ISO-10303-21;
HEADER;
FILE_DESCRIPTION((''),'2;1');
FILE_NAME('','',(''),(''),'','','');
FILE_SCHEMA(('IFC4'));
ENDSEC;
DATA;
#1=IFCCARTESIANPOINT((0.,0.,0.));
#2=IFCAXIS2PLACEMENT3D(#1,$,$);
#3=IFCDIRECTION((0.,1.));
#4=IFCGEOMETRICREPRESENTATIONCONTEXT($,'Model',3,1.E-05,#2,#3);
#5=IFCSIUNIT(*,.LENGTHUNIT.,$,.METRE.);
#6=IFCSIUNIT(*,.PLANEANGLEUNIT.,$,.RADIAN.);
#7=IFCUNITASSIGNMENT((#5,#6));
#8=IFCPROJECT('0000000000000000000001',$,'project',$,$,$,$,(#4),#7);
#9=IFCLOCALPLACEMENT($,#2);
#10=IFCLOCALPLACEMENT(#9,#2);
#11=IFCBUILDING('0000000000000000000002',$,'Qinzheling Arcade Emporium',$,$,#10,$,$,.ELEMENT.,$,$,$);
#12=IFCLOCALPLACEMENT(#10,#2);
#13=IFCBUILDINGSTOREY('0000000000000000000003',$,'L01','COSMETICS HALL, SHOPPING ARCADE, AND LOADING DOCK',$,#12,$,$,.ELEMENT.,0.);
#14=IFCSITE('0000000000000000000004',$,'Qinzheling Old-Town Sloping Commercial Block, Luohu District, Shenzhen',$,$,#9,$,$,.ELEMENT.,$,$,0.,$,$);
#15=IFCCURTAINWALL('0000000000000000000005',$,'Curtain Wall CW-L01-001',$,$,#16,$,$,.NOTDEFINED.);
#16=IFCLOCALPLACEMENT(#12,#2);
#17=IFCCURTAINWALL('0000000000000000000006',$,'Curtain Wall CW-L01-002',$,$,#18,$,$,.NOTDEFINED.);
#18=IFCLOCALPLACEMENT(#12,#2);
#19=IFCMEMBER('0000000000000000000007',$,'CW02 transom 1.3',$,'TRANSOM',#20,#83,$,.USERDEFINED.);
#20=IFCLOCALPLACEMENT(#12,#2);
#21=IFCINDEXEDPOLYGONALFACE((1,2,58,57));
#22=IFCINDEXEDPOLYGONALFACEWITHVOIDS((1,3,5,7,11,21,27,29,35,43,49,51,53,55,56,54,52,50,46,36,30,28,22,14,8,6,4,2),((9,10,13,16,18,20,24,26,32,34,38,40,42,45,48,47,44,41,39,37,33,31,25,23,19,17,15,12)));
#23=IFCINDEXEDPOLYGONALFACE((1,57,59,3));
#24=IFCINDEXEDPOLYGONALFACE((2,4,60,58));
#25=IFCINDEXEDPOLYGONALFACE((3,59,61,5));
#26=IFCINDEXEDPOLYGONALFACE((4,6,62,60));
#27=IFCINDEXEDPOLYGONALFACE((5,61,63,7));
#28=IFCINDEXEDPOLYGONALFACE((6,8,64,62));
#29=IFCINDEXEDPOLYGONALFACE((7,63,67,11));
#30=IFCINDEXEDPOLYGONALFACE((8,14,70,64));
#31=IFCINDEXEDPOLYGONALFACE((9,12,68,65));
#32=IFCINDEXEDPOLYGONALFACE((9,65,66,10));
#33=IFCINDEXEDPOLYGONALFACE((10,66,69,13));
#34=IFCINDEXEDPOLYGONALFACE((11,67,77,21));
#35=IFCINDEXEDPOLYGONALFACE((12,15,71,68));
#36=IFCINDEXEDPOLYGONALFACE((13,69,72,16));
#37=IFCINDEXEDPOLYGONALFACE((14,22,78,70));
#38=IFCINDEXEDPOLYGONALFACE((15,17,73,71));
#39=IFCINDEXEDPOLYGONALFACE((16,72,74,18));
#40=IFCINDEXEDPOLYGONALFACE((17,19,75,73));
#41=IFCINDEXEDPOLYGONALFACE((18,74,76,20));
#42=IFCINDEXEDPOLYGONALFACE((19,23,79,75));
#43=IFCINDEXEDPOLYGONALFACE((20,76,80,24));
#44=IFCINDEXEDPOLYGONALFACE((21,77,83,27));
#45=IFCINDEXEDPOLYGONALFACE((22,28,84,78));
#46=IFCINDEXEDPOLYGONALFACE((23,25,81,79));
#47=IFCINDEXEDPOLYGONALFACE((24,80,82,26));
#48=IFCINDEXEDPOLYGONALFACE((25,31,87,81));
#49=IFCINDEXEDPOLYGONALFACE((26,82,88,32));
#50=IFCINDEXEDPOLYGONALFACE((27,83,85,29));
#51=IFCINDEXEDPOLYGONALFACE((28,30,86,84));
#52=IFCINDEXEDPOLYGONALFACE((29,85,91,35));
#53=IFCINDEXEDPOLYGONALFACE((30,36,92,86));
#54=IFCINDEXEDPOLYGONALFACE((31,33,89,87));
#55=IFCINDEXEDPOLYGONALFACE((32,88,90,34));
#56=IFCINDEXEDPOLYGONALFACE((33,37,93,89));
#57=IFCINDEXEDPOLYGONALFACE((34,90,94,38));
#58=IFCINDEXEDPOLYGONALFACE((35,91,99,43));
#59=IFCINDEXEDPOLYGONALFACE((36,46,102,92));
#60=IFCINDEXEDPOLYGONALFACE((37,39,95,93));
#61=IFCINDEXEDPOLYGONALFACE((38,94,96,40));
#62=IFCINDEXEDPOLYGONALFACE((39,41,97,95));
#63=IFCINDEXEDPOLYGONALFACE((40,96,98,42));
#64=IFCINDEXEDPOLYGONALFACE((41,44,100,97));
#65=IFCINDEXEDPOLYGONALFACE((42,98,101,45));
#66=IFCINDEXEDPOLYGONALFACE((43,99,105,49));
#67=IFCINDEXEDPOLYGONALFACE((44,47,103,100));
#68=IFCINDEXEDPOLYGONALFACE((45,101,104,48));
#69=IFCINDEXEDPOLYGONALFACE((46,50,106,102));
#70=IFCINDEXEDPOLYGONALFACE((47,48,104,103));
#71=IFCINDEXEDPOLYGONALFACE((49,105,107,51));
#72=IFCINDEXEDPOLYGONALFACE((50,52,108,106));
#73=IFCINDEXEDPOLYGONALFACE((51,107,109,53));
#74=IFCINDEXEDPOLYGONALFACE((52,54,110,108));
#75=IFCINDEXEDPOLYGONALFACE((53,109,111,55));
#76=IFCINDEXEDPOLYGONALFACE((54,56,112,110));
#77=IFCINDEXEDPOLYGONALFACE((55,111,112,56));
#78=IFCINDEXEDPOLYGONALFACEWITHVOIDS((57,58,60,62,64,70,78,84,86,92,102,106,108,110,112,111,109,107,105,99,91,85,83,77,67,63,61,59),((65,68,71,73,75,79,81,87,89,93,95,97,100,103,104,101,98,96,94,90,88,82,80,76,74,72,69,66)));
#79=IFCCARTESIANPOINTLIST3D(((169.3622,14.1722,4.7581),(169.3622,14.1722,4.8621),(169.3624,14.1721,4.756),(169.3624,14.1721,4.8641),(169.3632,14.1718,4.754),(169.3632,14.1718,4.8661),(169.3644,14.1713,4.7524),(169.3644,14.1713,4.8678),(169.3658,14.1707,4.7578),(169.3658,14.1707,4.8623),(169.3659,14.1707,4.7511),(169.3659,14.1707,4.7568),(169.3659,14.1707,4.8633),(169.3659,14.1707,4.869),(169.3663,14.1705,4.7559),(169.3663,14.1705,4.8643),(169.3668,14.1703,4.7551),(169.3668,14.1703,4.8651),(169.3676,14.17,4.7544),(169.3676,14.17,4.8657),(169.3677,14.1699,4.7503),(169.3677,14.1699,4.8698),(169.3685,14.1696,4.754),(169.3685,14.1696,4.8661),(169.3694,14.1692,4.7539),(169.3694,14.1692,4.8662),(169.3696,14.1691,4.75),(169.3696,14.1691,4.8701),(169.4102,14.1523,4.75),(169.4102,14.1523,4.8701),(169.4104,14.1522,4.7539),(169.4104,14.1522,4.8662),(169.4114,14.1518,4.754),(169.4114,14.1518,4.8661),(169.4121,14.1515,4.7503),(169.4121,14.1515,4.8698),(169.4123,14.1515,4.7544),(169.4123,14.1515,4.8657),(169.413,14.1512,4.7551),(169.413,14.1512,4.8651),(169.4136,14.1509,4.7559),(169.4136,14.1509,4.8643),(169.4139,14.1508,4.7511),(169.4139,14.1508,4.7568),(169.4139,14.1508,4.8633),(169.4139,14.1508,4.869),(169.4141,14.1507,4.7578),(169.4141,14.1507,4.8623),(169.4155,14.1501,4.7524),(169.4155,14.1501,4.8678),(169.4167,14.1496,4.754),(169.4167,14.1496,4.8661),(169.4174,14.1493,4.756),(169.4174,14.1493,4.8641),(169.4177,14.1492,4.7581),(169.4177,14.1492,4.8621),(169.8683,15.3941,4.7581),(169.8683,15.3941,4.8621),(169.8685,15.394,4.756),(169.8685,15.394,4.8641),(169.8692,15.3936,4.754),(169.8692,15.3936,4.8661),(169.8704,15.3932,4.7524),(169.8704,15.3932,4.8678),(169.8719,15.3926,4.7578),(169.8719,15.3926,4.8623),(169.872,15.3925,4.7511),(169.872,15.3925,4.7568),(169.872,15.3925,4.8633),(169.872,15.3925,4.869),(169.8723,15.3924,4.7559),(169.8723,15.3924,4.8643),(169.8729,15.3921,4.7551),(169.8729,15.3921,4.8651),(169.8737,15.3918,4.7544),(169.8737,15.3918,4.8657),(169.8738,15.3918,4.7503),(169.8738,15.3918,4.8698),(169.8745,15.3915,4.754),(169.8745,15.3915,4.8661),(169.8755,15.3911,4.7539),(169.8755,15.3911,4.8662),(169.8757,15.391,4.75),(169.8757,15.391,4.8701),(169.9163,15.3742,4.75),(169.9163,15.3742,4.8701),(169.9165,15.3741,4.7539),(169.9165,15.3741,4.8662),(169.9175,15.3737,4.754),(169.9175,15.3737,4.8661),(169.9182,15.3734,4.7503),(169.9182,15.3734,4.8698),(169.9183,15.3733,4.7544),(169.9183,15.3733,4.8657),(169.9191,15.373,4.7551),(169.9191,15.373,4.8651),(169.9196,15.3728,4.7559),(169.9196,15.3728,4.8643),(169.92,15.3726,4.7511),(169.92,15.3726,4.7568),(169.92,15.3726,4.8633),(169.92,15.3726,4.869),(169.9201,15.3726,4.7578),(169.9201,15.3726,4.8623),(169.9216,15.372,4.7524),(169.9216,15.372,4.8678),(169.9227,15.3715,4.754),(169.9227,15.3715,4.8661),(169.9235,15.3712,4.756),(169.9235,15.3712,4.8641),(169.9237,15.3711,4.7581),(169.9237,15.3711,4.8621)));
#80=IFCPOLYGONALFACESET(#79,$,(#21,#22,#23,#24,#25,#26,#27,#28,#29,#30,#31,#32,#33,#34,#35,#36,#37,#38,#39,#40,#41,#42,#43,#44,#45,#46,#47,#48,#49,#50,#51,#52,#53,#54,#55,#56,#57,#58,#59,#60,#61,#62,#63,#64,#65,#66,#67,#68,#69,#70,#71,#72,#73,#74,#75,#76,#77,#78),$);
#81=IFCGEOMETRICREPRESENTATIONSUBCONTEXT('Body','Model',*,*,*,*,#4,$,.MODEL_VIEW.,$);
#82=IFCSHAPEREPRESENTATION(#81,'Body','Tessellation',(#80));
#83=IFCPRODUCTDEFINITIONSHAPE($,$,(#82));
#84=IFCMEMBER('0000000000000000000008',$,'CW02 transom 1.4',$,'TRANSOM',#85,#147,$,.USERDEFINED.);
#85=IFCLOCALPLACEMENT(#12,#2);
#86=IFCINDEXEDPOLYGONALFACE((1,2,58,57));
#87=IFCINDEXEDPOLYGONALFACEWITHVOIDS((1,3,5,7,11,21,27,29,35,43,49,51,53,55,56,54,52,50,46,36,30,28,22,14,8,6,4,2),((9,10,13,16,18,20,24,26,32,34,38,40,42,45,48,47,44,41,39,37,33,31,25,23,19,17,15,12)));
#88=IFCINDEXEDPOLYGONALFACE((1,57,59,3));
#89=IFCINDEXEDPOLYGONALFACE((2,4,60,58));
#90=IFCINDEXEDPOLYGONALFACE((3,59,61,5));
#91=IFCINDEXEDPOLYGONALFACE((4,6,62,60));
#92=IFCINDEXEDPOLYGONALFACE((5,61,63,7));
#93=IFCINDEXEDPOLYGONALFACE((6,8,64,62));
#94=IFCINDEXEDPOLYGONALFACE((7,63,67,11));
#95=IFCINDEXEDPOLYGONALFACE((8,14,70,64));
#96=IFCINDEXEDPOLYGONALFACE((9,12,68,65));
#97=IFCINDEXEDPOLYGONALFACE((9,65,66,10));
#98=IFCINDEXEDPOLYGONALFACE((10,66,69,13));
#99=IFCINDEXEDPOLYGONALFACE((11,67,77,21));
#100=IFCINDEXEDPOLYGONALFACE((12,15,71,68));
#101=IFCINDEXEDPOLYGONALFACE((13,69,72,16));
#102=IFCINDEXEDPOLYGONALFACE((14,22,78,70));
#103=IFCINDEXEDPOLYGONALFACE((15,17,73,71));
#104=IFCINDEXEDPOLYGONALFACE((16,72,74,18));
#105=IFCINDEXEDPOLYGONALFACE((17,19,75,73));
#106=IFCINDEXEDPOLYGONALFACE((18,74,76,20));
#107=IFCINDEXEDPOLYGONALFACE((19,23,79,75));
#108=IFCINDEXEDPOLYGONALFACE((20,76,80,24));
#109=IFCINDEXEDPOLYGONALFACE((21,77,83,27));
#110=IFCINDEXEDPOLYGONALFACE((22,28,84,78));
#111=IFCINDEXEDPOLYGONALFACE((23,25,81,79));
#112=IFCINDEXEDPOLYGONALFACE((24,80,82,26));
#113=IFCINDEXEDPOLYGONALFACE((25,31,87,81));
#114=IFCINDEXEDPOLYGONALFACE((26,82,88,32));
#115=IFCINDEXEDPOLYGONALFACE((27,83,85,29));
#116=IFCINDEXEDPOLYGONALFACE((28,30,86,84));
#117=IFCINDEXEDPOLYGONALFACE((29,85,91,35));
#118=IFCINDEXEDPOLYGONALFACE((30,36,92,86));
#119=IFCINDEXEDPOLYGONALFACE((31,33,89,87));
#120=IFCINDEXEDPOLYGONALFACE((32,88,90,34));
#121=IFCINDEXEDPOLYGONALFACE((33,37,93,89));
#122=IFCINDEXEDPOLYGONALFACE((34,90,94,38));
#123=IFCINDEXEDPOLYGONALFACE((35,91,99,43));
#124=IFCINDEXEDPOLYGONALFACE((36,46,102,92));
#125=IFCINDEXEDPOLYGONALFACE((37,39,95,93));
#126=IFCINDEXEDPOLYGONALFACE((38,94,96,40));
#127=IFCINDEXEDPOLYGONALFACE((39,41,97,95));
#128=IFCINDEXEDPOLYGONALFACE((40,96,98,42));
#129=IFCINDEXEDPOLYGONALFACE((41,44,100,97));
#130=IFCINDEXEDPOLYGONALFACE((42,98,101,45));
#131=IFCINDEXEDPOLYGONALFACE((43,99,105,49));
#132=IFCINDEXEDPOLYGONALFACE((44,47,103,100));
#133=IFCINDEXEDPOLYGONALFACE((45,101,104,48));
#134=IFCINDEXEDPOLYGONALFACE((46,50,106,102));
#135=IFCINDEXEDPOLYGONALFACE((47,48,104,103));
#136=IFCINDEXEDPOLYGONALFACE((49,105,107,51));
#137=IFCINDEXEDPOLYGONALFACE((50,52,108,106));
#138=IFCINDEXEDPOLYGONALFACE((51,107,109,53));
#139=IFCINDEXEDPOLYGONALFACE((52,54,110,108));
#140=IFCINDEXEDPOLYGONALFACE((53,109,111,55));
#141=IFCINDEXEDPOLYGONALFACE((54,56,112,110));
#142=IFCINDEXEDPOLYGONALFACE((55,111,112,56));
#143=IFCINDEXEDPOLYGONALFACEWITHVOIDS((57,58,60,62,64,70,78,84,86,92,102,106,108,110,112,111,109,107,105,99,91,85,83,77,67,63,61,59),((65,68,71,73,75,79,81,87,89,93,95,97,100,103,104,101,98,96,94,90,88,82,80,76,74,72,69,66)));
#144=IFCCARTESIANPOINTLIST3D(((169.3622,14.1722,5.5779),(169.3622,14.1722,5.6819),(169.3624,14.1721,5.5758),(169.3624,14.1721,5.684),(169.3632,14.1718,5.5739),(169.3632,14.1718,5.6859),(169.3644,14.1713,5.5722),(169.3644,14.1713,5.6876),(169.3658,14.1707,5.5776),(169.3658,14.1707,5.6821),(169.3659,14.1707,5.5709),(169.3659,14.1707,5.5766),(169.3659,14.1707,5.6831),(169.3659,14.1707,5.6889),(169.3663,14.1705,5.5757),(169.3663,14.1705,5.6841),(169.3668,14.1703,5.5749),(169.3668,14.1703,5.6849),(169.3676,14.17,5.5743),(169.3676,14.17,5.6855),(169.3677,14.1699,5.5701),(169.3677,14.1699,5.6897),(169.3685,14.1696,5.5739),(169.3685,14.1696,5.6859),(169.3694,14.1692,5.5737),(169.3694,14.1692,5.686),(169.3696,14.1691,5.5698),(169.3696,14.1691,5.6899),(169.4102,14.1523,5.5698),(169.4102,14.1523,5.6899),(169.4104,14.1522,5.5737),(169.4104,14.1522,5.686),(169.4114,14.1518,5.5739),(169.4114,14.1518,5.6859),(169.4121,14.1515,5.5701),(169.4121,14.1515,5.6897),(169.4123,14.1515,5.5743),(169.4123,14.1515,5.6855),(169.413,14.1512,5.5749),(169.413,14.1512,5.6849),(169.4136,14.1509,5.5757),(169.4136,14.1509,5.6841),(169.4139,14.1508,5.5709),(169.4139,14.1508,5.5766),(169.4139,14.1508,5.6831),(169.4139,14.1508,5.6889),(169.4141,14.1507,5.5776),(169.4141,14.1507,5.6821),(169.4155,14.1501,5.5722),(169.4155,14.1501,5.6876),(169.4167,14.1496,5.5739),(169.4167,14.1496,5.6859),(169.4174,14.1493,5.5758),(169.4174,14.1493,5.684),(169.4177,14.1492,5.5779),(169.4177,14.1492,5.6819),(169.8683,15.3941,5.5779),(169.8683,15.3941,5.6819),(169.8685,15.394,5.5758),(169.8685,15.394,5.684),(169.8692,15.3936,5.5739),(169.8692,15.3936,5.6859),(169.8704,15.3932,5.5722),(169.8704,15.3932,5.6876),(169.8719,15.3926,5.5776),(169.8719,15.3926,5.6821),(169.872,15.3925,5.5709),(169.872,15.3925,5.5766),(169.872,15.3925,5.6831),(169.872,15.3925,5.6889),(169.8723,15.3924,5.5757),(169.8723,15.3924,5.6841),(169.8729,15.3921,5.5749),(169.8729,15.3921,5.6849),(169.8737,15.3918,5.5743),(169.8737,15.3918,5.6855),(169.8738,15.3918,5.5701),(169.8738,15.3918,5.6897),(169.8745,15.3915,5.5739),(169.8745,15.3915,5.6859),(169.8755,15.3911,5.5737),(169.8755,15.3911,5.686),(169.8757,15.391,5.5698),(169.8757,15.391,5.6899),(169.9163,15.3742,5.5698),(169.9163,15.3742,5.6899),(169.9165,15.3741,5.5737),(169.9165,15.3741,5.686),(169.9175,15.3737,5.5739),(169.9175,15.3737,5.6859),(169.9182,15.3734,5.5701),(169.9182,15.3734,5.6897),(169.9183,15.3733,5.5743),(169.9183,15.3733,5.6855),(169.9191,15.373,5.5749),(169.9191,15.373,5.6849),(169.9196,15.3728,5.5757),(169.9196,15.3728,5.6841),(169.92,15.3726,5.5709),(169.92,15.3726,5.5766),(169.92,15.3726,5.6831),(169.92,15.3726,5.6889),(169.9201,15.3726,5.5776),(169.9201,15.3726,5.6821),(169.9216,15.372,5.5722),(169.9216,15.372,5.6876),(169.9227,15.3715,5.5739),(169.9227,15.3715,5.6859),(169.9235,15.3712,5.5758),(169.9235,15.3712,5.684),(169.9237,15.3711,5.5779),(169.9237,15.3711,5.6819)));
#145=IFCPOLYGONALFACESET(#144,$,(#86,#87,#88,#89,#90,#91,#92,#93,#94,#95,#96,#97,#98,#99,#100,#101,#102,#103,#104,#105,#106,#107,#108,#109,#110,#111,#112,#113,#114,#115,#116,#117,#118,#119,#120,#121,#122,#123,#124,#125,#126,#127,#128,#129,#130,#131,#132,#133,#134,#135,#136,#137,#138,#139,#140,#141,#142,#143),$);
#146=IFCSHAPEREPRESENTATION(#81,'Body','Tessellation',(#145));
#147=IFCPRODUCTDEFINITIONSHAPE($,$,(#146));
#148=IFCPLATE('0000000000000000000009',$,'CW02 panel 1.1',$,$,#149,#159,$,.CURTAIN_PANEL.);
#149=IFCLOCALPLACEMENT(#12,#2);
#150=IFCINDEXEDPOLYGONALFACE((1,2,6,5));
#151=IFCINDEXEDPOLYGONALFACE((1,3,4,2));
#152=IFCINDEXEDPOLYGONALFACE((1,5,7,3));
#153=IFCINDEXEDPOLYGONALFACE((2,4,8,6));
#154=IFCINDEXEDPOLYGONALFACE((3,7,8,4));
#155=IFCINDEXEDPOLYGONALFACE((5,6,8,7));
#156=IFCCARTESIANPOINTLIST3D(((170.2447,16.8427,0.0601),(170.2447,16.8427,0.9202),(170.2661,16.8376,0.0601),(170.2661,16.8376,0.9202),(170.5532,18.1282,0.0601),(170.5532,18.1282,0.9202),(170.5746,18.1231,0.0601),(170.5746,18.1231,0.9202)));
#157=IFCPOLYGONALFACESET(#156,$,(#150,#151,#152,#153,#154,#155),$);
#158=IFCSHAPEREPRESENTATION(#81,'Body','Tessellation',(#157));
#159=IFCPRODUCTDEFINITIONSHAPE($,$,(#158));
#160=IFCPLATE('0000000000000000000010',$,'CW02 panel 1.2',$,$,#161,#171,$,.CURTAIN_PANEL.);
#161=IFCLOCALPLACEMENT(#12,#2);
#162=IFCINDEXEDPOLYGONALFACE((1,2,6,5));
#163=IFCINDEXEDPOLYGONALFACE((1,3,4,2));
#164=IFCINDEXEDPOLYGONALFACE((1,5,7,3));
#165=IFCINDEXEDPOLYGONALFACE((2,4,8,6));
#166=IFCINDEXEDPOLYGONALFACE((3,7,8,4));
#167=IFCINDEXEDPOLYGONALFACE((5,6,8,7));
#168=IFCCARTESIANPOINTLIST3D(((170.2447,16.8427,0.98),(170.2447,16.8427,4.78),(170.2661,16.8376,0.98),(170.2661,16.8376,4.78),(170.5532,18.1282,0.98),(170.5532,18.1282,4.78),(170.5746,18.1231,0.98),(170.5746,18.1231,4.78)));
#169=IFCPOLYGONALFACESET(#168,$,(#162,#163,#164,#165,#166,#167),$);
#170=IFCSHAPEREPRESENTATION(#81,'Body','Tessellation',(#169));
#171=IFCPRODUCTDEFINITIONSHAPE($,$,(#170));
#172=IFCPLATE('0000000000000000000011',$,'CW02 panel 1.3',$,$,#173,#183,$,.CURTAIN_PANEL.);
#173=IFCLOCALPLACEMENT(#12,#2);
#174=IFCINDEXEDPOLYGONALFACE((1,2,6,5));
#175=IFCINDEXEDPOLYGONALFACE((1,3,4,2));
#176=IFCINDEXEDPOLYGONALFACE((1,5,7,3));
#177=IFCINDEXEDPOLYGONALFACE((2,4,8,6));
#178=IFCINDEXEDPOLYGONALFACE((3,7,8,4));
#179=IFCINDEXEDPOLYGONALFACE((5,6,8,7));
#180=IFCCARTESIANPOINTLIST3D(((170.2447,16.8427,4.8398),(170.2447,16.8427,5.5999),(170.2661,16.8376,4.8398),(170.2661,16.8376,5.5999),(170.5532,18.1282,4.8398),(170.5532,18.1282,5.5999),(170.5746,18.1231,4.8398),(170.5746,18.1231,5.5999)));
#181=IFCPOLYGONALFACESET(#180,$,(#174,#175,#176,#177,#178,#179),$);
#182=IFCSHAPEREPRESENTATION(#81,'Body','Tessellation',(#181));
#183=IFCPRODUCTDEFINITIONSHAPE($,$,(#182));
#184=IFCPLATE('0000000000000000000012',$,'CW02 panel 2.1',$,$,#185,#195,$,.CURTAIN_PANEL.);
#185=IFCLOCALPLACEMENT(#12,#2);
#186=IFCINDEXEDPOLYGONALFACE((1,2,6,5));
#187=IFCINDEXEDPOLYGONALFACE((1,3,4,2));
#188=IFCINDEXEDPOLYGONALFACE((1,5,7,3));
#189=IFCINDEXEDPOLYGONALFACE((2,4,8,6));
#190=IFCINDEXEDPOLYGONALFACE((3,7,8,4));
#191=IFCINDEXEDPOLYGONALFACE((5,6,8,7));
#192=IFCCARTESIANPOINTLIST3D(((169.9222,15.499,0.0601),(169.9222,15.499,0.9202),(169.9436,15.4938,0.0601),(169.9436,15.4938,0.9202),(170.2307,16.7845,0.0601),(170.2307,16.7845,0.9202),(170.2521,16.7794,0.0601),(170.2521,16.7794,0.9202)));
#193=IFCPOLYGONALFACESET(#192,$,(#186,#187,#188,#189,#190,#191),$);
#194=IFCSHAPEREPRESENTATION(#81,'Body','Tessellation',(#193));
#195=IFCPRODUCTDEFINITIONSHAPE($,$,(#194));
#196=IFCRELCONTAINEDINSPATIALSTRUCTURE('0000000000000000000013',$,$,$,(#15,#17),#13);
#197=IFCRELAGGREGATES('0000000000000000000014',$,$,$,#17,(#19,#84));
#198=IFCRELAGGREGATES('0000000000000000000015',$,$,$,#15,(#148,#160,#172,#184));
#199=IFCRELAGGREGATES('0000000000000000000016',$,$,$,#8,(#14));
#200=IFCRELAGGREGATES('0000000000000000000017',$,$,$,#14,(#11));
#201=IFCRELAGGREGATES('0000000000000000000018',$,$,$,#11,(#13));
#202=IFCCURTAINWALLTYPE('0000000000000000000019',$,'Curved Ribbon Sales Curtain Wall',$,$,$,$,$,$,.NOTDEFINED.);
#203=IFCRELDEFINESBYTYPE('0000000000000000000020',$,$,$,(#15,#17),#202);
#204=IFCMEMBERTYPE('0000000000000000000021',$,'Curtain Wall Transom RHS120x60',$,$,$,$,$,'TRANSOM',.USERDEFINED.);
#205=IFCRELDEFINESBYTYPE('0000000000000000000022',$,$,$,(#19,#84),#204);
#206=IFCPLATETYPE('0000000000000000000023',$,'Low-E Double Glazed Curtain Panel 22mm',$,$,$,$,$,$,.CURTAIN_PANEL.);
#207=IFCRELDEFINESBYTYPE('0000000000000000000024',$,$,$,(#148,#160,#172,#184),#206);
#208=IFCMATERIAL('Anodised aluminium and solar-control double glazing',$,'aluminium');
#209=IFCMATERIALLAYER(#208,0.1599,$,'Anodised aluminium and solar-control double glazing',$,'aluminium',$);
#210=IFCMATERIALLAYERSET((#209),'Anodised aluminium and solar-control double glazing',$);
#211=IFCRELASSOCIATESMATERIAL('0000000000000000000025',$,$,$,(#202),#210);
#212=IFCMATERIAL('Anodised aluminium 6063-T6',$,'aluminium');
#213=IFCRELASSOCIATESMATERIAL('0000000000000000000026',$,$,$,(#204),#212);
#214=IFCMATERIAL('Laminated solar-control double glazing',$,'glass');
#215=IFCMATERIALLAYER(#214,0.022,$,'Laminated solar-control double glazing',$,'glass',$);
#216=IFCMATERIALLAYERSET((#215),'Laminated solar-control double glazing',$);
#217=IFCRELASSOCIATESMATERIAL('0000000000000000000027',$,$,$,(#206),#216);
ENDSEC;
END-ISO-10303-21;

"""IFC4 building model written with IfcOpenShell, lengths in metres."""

from ifc_helpers import new_model, si_unit, direction, frame, origin, origin_2d, place, context, subcontext, project, spatial, rectangle, hollow_rectangle, extrude, material, layer, layer_set, material_profile, profile_set, type_object, element, aggregate, save


model = new_model("IFC4")

# Units and contexts
model_context = context("Model", 3, precision=1e-05, world=origin(), true_north=direction((0.0, 1.0)))
body_context = subcontext(model_context, "Body", "Model", "MODEL_VIEW")
ifc_project = project(units=[si_unit("LENGTHUNIT", "METRE"), si_unit("PLANEANGLEUNIT", "RADIAN")], contexts=[model_context])

# Site, building, storey
site_placement = place(None, origin())
site = spatial("IfcSite", under=ifc_project, at=site_placement, Name="Qinzheling Old-Town Sloping Commercial Block, Luohu District, Shenzhen", CompositionType="ELEMENT", RefElevation=0.0)
building_placement = place(site_placement, origin())
building = spatial("IfcBuilding", under=site, at=building_placement, Name="Qinzheling Arcade Emporium", CompositionType="ELEMENT")
storey_placement = place(building_placement, origin())
storey = spatial("IfcBuildingStorey", under=building, at=storey_placement, Name="L01", Description="COSMETICS HALL, SHOPPING ARCADE, AND LOADING DOCK", CompositionType="ELEMENT", Elevation=0.0)

# Curtain wall
ifc_material_1 = material(Name="Anodised aluminium and solar-control double glazing", Category="aluminium")
ifc_layer_1 = layer(ifc_material_1, 0.1599, Name="Anodised aluminium and solar-control double glazing", Category="aluminium")
ifc_layer_set_1 = layer_set([ifc_layer_1], Name="Anodised aluminium and solar-control double glazing")
curtain_wall_type = type_object("IfcCurtainWallType", Name="Curved Ribbon Sales Curtain Wall", PredefinedType="NOTDEFINED", material=ifc_layer_set_1)
curtain_wall_1_placement = place(storey_placement, origin())
curtain_wall_1 = element("IfcCurtainWall", 1, at=curtain_wall_1_placement, inside=storey, type_object=curtain_wall_type, Name="Curtain Wall CW-L01-001", PredefinedType="NOTDEFINED")
ifc_material_2 = material(Name="Anodised aluminium 6063-T6", Category="aluminium")

# Curtain wall
curtain_wall_2_placement = place(storey_placement, origin())
curtain_wall_2 = element("IfcCurtainWall", 2, at=curtain_wall_2_placement, inside=storey, type_object=curtain_wall_type, Name="Curtain Wall CW-L01-002", PredefinedType="NOTDEFINED")

# Members
ifc_material_profile_1 = material_profile(ifc_material_2, hollow_rectangle(XDim=0.0601, YDim=0.1201, WallThickness=0.0039, InnerFilletRadius=0.0039, OuterFilletRadius=0.0081, at=origin_2d()), Name="RHS 120x60x4", Category="aluminium")
ifc_profile_set_1 = profile_set([ifc_material_profile_1], Name="Anodised aluminium 6063-T6")
member_type_1 = type_object("IfcMemberType", Name="Curtain Wall Transom RHS120x60", ElementType="TRANSOM", PredefinedType="USERDEFINED", material=ifc_profile_set_1)
member_1_placement = place(storey_placement, frame((169.896, 15.3826, 4.8101), z_axis=(-0.382662, -0.923889, 0.0), x_axis=(0.923889, -0.382662, 0.0)))
member_1 = element("IfcMember", 3, at=member_1_placement, type_object=member_type_1, Name="CW02 transom 1.3", ObjectType="TRANSOM", PredefinedType="USERDEFINED", context=body_context, shape_type="SweptSolid", body=[
    extrude(hollow_rectangle(XDim=0.0601, YDim=0.1201, WallThickness=0.0039, InnerFilletRadius=0.0039, OuterFilletRadius=0.0081, at=origin_2d()), origin(), (0.0, 0.0, 1.0), 1.3225),
])
member_2_placement = place(storey_placement, frame((169.896, 15.3826, 5.6299), z_axis=(-0.382662, -0.923889, 0.0), x_axis=(0.923889, -0.382662, 0.0)))
member_2 = element("IfcMember", 4, at=member_2_placement, type_object=member_type_1, Name="CW02 transom 1.4", ObjectType="TRANSOM", PredefinedType="USERDEFINED", context=body_context, shape_type="SweptSolid", body=[
    extrude(hollow_rectangle(XDim=0.0601, YDim=0.1201, WallThickness=0.0039, InnerFilletRadius=0.0039, OuterFilletRadius=0.0081, at=origin_2d()), origin(), (0.0, 0.0, 1.0), 1.3225),
])
aggregate(curtain_wall_2, [member_1, member_2])

# Plates
ifc_material_3 = material(Name="Laminated solar-control double glazing", Category="glass")
ifc_layer_2 = layer(ifc_material_3, 0.022, Name="Laminated solar-control double glazing", Category="glass")
ifc_layer_set_2 = layer_set([ifc_layer_2], Name="Laminated solar-control double glazing")
plate_type = type_object("IfcPlateType", Name="Low-E Double Glazed Curtain Panel 22mm", PredefinedType="CURTAIN_PANEL", material=ifc_layer_set_2)
plate_1_placement = place(storey_placement, frame((170.4097, 17.4829, 0.0601), z_axis=(0.0, 0.0, 1.0), x_axis=(-0.23336, -0.972391, 0.0)))
plate_1 = element("IfcPlate", 5, at=plate_1_placement, type_object=plate_type, Name="CW02 panel 1.1", PredefinedType="CURTAIN_PANEL", context=body_context, shape_type="SweptSolid", body=[
    extrude(rectangle(XDim=1.322, YDim=0.022, at=origin_2d()), origin(), (0.0, 0.0, 1.0), 0.8601),
])
plate_2_placement = place(storey_placement, frame((170.4097, 17.4829, 0.98), z_axis=(0.0, 0.0, 1.0), x_axis=(-0.23336, -0.972391, 0.0)))
plate_2 = element("IfcPlate", 6, at=plate_2_placement, type_object=plate_type, Name="CW02 panel 1.2", PredefinedType="CURTAIN_PANEL", context=body_context, shape_type="SweptSolid", body=[
    extrude(rectangle(XDim=1.322, YDim=0.022, at=origin_2d()), origin(), (0.0, 0.0, 1.0), 3.8),
])
plate_3_placement = place(storey_placement, frame((170.4097, 17.4829, 4.8398), z_axis=(0.0, 0.0, 1.0), x_axis=(-0.23336, -0.972391, 0.0)))
plate_3 = element("IfcPlate", 7, at=plate_3_placement, type_object=plate_type, Name="CW02 panel 1.3", PredefinedType="CURTAIN_PANEL", context=body_context, shape_type="SweptSolid", body=[
    extrude(rectangle(XDim=1.322, YDim=0.022, at=origin_2d()), origin(), (0.0, 0.0, 1.0), 0.76),
])
plate_4_placement = place(storey_placement, frame((170.0872, 16.1392, 0.0601), z_axis=(0.0, 0.0, 1.0), x_axis=(-0.23336, -0.972391, 0.0)))
plate_4 = element("IfcPlate", 8, at=plate_4_placement, type_object=plate_type, Name="CW02 panel 2.1", PredefinedType="CURTAIN_PANEL", context=body_context, shape_type="SweptSolid", body=[
    extrude(rectangle(XDim=1.322, YDim=0.022, at=origin_2d()), origin(), (0.0, 0.0, 1.0), 0.8601),
])
aggregate(curtain_wall_1, [plate_1, plate_2, plate_3, plate_4])

save(model, "model.ifc")
